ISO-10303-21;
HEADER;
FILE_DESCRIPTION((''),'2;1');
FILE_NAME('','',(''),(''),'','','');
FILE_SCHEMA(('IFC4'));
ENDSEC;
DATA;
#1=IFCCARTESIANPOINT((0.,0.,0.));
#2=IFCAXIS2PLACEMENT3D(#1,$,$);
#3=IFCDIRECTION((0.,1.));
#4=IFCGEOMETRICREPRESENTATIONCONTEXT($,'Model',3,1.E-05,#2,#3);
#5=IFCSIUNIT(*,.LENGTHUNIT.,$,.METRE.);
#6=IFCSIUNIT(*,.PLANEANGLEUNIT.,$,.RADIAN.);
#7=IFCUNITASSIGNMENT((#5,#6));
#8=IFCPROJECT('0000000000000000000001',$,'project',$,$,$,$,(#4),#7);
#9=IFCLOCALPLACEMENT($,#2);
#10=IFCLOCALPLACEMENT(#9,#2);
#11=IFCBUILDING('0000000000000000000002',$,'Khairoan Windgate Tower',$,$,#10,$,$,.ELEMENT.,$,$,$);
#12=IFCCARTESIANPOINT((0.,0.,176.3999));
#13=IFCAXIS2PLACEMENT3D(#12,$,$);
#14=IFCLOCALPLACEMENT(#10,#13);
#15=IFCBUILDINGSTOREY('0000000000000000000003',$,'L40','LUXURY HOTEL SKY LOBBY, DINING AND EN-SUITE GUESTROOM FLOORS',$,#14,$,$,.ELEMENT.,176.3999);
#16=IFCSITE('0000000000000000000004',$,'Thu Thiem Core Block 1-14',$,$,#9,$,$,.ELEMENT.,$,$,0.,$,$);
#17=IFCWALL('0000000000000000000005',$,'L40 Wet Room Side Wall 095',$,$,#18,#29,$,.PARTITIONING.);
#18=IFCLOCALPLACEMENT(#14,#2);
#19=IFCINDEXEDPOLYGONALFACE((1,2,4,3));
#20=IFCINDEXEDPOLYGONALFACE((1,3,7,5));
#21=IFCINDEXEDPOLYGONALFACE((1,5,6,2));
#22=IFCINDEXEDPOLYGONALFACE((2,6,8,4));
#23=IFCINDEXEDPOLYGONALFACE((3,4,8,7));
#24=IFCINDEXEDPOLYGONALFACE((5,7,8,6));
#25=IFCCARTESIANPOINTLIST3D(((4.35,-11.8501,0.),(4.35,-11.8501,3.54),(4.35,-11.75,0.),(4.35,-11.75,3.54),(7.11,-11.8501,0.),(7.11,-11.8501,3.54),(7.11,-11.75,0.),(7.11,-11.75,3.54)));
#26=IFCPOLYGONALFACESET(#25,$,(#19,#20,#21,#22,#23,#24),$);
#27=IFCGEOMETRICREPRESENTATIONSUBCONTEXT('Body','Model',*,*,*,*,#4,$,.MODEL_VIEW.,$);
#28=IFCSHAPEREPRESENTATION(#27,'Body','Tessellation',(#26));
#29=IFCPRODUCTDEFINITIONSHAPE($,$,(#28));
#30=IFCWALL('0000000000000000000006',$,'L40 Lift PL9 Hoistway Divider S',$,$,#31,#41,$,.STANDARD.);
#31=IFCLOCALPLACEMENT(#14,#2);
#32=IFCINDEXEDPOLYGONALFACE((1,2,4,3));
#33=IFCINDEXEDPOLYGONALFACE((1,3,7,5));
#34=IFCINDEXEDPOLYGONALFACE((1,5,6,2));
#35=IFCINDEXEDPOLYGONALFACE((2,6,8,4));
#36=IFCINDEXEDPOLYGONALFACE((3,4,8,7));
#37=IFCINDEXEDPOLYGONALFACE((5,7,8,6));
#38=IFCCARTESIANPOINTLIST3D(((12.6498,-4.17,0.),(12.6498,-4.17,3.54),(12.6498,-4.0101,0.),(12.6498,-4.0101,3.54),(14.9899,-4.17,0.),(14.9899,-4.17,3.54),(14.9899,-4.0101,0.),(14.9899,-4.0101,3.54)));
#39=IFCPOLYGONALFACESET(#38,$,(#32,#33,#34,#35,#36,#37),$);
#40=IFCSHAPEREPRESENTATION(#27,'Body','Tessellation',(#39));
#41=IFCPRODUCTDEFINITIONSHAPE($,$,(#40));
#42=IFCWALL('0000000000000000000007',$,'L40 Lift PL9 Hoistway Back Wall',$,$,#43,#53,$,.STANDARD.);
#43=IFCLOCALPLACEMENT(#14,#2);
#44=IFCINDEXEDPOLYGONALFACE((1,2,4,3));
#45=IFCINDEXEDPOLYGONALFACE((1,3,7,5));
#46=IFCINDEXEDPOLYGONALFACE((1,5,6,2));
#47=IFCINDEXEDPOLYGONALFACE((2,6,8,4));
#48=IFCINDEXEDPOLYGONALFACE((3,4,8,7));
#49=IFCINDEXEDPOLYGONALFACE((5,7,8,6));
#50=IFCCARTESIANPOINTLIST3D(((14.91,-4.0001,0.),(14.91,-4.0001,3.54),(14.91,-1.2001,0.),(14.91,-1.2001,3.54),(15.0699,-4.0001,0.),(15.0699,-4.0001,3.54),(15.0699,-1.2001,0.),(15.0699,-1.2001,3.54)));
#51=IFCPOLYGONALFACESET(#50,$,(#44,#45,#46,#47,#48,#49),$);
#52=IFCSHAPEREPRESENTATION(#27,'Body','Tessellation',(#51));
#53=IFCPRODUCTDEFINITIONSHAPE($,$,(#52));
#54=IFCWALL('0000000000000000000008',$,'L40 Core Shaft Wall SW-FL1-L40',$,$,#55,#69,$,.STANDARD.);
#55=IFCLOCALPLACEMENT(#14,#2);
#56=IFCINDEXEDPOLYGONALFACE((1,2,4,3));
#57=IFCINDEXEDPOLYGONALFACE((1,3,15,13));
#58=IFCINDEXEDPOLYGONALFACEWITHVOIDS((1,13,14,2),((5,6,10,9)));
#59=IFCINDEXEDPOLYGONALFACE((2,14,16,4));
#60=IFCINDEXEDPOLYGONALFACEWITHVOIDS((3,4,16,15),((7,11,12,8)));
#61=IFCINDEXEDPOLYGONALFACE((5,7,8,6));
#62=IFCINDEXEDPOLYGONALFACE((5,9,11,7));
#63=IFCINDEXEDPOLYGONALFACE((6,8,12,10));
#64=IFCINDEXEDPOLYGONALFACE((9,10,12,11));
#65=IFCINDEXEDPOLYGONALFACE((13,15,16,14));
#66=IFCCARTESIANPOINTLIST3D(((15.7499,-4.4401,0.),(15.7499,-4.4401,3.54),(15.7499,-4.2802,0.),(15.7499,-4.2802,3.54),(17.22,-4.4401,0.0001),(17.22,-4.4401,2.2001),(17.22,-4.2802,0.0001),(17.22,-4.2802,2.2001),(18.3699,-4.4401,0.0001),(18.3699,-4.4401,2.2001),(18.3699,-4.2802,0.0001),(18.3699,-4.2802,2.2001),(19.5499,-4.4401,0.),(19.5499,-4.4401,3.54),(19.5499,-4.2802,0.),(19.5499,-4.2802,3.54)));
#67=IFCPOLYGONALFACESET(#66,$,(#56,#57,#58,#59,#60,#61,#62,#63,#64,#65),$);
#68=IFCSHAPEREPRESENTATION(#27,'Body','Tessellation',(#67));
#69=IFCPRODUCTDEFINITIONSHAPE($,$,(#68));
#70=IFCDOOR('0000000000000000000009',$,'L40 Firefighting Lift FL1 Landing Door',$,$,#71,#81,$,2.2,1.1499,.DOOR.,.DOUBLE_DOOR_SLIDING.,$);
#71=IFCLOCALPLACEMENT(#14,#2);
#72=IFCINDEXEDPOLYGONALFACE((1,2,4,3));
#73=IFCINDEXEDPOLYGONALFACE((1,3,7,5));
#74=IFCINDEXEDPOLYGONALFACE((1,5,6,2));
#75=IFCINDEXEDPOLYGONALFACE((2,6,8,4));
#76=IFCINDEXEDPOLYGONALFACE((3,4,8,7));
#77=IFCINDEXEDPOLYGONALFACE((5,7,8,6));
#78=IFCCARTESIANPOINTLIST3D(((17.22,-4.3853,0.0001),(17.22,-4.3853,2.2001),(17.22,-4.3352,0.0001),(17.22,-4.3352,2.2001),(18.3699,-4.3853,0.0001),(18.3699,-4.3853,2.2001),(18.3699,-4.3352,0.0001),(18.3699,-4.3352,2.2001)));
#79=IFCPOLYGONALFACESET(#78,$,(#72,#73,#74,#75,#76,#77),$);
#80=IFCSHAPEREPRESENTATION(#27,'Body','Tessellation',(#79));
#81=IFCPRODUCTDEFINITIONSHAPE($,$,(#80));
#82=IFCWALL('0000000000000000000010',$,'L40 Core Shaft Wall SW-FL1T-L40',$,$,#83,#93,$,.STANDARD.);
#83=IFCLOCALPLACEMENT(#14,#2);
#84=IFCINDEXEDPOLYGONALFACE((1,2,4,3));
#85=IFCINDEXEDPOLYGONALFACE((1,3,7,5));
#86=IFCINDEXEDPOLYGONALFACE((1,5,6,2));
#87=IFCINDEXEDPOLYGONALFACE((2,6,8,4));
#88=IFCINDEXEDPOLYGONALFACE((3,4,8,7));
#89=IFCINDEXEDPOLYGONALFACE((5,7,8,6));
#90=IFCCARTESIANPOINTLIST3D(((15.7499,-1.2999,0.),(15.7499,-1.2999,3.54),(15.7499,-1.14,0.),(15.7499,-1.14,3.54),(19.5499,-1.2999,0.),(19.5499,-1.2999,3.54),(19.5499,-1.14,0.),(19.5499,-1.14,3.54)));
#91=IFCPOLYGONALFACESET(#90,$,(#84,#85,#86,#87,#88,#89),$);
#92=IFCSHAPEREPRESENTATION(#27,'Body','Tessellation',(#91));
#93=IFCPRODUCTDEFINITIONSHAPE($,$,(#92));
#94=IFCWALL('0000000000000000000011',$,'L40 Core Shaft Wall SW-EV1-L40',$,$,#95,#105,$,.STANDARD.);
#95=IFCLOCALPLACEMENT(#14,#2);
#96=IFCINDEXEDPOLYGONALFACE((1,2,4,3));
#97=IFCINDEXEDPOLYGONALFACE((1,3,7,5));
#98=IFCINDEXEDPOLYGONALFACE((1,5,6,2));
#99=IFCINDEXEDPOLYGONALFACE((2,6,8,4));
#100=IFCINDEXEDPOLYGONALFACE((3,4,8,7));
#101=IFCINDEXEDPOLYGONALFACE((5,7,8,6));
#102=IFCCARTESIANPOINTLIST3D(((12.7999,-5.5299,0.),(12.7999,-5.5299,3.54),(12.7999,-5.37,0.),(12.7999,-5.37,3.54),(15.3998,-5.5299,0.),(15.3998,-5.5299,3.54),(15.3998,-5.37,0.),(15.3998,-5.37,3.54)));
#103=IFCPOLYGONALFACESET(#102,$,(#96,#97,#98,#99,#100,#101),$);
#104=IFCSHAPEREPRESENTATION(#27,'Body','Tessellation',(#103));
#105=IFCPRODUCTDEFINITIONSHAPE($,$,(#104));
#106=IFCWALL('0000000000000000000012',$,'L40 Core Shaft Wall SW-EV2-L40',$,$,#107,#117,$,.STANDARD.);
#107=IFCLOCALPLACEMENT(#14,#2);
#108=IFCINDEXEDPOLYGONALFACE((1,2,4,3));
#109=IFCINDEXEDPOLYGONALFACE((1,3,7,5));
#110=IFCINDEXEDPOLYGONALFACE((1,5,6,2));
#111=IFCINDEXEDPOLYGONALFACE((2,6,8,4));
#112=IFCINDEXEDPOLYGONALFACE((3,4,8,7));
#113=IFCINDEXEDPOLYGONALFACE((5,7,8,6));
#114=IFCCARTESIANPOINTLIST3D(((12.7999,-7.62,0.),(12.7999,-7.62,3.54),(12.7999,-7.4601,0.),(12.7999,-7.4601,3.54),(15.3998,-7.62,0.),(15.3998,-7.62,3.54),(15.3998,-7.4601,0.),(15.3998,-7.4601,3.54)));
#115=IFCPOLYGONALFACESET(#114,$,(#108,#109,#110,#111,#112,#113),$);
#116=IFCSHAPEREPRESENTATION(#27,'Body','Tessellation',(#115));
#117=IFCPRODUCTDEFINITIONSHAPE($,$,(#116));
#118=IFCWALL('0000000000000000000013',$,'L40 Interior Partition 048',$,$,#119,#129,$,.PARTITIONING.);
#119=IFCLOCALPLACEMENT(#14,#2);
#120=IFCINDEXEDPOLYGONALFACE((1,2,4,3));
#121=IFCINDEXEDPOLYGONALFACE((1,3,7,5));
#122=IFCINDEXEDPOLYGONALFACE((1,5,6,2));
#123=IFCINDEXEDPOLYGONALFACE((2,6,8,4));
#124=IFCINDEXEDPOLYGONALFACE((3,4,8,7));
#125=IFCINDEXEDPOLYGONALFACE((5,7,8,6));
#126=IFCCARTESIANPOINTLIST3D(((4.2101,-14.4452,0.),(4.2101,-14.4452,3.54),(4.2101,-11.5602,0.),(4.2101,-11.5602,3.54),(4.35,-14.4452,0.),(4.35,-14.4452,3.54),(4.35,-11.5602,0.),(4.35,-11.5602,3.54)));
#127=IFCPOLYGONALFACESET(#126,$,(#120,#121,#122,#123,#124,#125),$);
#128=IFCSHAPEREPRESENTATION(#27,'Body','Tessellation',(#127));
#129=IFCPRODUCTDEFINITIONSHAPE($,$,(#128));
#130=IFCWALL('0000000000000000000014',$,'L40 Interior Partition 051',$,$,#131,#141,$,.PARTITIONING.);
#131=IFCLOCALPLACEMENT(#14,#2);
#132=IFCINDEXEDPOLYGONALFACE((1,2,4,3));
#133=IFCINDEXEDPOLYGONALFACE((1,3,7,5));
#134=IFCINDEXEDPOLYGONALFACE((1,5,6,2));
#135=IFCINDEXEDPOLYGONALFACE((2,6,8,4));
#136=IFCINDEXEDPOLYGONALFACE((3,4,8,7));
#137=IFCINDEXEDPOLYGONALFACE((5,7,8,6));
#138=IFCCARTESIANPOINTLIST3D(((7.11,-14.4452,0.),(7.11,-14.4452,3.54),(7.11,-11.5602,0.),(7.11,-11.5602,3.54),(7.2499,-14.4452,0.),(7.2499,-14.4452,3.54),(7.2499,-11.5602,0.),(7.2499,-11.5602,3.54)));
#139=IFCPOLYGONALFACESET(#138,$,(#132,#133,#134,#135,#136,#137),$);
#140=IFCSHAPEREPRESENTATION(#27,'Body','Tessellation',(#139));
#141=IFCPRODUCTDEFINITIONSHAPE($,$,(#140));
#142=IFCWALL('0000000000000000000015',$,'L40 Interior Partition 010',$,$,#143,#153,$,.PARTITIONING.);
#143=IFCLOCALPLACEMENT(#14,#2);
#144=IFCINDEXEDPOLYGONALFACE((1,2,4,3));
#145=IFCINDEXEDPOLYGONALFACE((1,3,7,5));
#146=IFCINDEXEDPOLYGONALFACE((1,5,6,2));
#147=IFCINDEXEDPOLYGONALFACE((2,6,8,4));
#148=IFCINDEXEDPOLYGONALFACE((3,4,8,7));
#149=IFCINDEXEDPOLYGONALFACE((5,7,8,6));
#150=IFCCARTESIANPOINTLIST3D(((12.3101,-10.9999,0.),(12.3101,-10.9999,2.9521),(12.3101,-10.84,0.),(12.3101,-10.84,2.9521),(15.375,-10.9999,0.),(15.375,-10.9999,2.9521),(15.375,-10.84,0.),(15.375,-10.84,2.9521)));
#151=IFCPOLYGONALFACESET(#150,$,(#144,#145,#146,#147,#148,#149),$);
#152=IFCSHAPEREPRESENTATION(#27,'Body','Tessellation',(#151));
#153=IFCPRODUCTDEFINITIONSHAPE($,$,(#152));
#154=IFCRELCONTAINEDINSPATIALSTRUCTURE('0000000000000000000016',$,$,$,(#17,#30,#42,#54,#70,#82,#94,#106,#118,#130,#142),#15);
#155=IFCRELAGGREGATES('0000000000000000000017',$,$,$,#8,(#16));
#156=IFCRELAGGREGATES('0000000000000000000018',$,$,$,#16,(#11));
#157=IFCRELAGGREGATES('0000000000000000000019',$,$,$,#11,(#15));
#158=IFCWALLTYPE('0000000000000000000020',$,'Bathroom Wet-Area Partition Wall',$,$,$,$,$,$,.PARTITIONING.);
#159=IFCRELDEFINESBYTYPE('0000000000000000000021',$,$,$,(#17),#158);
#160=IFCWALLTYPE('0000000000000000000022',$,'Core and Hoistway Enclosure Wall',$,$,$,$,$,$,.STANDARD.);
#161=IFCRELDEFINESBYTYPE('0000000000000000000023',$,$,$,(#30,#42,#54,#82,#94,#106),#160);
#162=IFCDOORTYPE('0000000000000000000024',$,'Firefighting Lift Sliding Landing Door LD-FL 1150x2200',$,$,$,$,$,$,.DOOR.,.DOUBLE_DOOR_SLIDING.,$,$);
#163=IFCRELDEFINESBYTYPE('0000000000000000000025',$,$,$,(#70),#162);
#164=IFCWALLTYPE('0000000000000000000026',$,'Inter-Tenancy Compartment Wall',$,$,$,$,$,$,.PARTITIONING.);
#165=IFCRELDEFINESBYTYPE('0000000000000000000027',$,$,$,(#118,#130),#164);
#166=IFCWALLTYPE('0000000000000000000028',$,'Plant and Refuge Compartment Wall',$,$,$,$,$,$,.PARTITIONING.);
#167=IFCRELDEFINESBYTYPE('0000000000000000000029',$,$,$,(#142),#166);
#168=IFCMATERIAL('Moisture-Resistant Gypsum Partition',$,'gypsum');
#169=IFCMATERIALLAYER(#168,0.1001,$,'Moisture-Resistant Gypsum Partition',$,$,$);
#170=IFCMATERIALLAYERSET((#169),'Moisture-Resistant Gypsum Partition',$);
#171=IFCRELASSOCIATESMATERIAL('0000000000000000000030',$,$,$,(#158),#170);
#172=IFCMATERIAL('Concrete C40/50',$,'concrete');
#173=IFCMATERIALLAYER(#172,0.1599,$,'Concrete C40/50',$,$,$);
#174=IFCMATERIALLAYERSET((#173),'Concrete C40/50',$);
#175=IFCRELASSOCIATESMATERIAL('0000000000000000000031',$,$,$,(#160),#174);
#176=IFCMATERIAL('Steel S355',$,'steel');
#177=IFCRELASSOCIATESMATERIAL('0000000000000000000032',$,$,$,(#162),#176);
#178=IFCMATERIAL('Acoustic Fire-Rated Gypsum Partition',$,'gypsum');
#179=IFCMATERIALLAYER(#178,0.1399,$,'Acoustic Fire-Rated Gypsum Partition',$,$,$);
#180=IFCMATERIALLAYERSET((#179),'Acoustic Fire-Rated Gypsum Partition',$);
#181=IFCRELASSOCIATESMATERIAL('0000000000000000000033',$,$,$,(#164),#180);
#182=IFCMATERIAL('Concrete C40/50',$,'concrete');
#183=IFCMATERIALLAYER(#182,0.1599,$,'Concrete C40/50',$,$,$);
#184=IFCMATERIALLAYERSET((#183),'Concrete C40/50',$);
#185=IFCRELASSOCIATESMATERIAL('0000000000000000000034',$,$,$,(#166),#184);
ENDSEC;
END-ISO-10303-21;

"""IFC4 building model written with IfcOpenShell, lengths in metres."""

from ifc_helpers import new_model, si_unit, direction, frame, frame_2d, origin, place, context, subcontext, project, spatial, rectangle, extrude, material, layer, layer_set, type_object, element, fill, save


model = new_model("IFC4")

# Units and contexts
model_context = context("Model", 3, precision=1e-05, world=origin(), true_north=direction((0.0, 1.0)))
body_context = subcontext(model_context, "Body", "Model", "MODEL_VIEW")
ifc_project = project(units=[si_unit("LENGTHUNIT", "METRE"), si_unit("PLANEANGLEUNIT", "RADIAN")], contexts=[model_context])

# Site, building, storey
site_placement = place(None, origin())
site = spatial("IfcSite", under=ifc_project, at=site_placement, Name="Thu Thiem Core Block 1-14", CompositionType="ELEMENT", RefElevation=0.0)
building_placement = place(site_placement, origin())
building = spatial("IfcBuilding", under=site, at=building_placement, Name="Khairoan Windgate Tower", CompositionType="ELEMENT")
storey_placement = place(building_placement, frame((0.0, 0.0, 176.3999)))
storey = spatial("IfcBuildingStorey", under=building, at=storey_placement, Name="L40", Description="LUXURY HOTEL SKY LOBBY, DINING AND EN-SUITE GUESTROOM FLOORS", CompositionType="ELEMENT", Elevation=176.3999)

# Walls
ifc_material_1 = material(Name="Moisture-Resistant Gypsum Partition", Category="gypsum")
ifc_layer_1 = layer(ifc_material_1, 0.1001, Name="Moisture-Resistant Gypsum Partition")
ifc_layer_set_1 = layer_set([ifc_layer_1], Name="Moisture-Resistant Gypsum Partition")
wall_type_1 = type_object("IfcWallType", Name="Bathroom Wet-Area Partition Wall", PredefinedType="PARTITIONING", material=ifc_layer_set_1)
wall_1_placement = place(storey_placement, frame((4.3501, -11.8, 0.0), z_axis=(0.0, 0.0, 1.0), x_axis=(1.0, 0.0, 0.0)))
element("IfcWall", 1, at=wall_1_placement, inside=storey, type_object=wall_type_1, Name="L40 Wet Room Side Wall 095", PredefinedType="PARTITIONING", context=body_context, shape_type="SweptSolid", body=[
    extrude(rectangle(XDim=2.76, YDim=0.1001, at=frame_2d((1.3799, 0.0))), origin(), (0.0, 0.0, 1.0), 3.54),
])
ifc_material_2 = material(Name="Concrete C40/50", Category="concrete")
ifc_layer_2 = layer(ifc_material_2, 0.1599, Name="Concrete C40/50")
ifc_layer_set_2 = layer_set([ifc_layer_2], Name="Concrete C40/50")
wall_type_2 = type_object("IfcWallType", Name="Core and Hoistway Enclosure Wall", PredefinedType="STANDARD", material=ifc_layer_set_2)
wall_2_placement = place(storey_placement, frame((12.6499, -4.0901, 0.0), z_axis=(0.0, 0.0, 1.0), x_axis=(1.0, 0.0, 0.0)))
element("IfcWall", 2, at=wall_2_placement, inside=storey, type_object=wall_type_2, Name="L40 Lift PL9 Hoistway Divider S", PredefinedType="STANDARD", context=body_context, shape_type="SweptSolid", body=[
    extrude(rectangle(XDim=2.3401, YDim=0.1599, at=frame_2d((1.1699, 0.0))), origin(), (0.0, 0.0, 1.0), 3.54),
])
wall_3_placement = place(storey_placement, frame((14.99, -4.0, 0.0), z_axis=(0.0, 0.0, 1.0), x_axis=(0.0, 1.0, 0.0)))
element("IfcWall", 3, at=wall_3_placement, inside=storey, type_object=wall_type_2, Name="L40 Lift PL9 Hoistway Back Wall", PredefinedType="STANDARD", context=body_context, shape_type="SweptSolid", body=[
    extrude(rectangle(XDim=2.8, YDim=0.1599, at=frame_2d((1.3999, 0.0))), origin(), (0.0, 0.0, 1.0), 3.54),
])

# Wall, opening, door
wall_4_placement = place(storey_placement, frame((15.75, -4.3601, 0.0), z_axis=(0.0, 0.0, 1.0), x_axis=(1.0, 0.0, 0.0)))
wall_4 = element("IfcWall", 4, at=wall_4_placement, inside=storey, type_object=wall_type_2, Name="L40 Core Shaft Wall SW-FL1-L40", PredefinedType="STANDARD", context=body_context, shape_type="SweptSolid", body=[
    extrude(rectangle(XDim=3.8, YDim=0.1599, at=frame_2d((1.8999, 0.0))), origin(), (0.0, 0.0, 1.0), 3.54),
])
opening_1_placement = place(wall_4_placement, frame((1.47, 0.0, 0.0)))
opening_1 = element("IfcOpeningElement", 5, at=opening_1_placement, cuts=wall_4, PredefinedType="OPENING", context=body_context, shape_type="SweptSolid", body=[
    extrude(rectangle(XDim=1.1499, YDim=2.2, at=frame_2d((0.575, 1.1001))), frame((0.0, 0.0898, 0.0), z_axis=(0.0, -1.0, 0.0), x_axis=(1.0, 0.0, 0.0)), (0.0, 0.0, 1.0), 0.1799),
])
ifc_material_3 = material(Name="Steel S355", Category="steel")
door_type_1 = type_object("IfcDoorType", Name="Firefighting Lift Sliding Landing Door LD-FL 1150x2200", OperationType="DOUBLE_DOOR_SLIDING", PredefinedType="DOOR", material=ifc_material_3)
door_1_placement = place(opening_1_placement, origin())
door_1 = element("IfcDoor", 6, at=door_1_placement, inside=storey, type_object=door_type_1, Name="L40 Firefighting Lift FL1 Landing Door", OperationType="DOUBLE_DOOR_SLIDING", OverallHeight=2.2, OverallWidth=1.1499, PredefinedType="DOOR", context=body_context, shape_type="SweptSolid", body=[
    extrude(rectangle(XDim=1.1499, YDim=2.2, at=frame_2d((0.575, 1.1001))), frame((0.0, 0.0249, 0.0), z_axis=(0.0, -1.0, 0.0), x_axis=(1.0, 0.0, 0.0)), (0.0, 0.0, 1.0), 0.05),
])
fill(opening_1, door_1)

# Walls
wall_5_placement = place(storey_placement, frame((15.75, -1.22, 0.0), z_axis=(0.0, 0.0, 1.0), x_axis=(1.0, 0.0, 0.0)))
element("IfcWall", 7, at=wall_5_placement, inside=storey, type_object=wall_type_2, Name="L40 Core Shaft Wall SW-FL1T-L40", PredefinedType="STANDARD", context=body_context, shape_type="SweptSolid", body=[
    extrude(rectangle(XDim=3.8, YDim=0.1599, at=frame_2d((1.8999, 0.0))), origin(), (0.0, 0.0, 1.0), 3.54),
])
for number, where, z_axis, x_axis, name in (
    (8, (12.8, -5.45, 0.0), (0.0, 0.0, 1.0), (1.0, 0.0, 0.0), "L40 Core Shaft Wall SW-EV1-L40"),
    (9, (12.8, -7.54, 0.0), (0.0, 0.0, 1.0), (1.0, 0.0, 0.0), "L40 Core Shaft Wall SW-EV2-L40"),
):
    element("IfcWall", number, at=place(storey_placement, frame(where, z_axis=z_axis, x_axis=x_axis)), inside=storey, type_object=wall_type_2, Name=name, PredefinedType="STANDARD", context=body_context, shape_type="SweptSolid", body=[
        extrude(rectangle(XDim=2.5999, YDim=0.1599, at=frame_2d((1.2998, 0.0))), origin(), (0.0, 0.0, 1.0), 3.54),
    ])
ifc_material_4 = material(Name="Acoustic Fire-Rated Gypsum Partition", Category="gypsum")
ifc_layer_3 = layer(ifc_material_4, 0.1399, Name="Acoustic Fire-Rated Gypsum Partition")
ifc_layer_set_3 = layer_set([ifc_layer_3], Name="Acoustic Fire-Rated Gypsum Partition")
wall_type_3 = type_object("IfcWallType", Name="Inter-Tenancy Compartment Wall", PredefinedType="PARTITIONING", material=ifc_layer_set_3)
for number, where, z_axis, x_axis, name in (
    (10, (4.28, -14.4451, 0.0), (0.0, 0.0, 1.0), (0.0, 1.0, 0.0), "L40 Interior Partition 048"),
    (11, (7.1799, -14.4451, 0.0), (0.0, 0.0, 1.0), (0.0, 1.0, 0.0), "L40 Interior Partition 051"),
):
    element("IfcWall", number, at=place(storey_placement, frame(where, z_axis=z_axis, x_axis=x_axis)), inside=storey, type_object=wall_type_3, Name=name, PredefinedType="PARTITIONING", context=body_context, shape_type="SweptSolid", body=[
        extrude(rectangle(XDim=2.885, YDim=0.1399, at=frame_2d((1.4424, 0.0))), origin(), (0.0, 0.0, 1.0), 3.54),
    ])
ifc_material_5 = material(Name="Concrete C40/50", Category="concrete")
ifc_layer_4 = layer(ifc_material_5, 0.1599, Name="Concrete C40/50")
ifc_layer_set_4 = layer_set([ifc_layer_4], Name="Concrete C40/50")
wall_type_4 = type_object("IfcWallType", Name="Plant and Refuge Compartment Wall", PredefinedType="PARTITIONING", material=ifc_layer_set_4)
wall_6_placement = place(storey_placement, frame((12.3101, -10.9199, 0.0), z_axis=(0.0, 0.0, 1.0), x_axis=(1.0, 0.0, 0.0)))
element("IfcWall", 12, at=wall_6_placement, inside=storey, type_object=wall_type_4, Name="L40 Interior Partition 010", PredefinedType="PARTITIONING", context=body_context, shape_type="SweptSolid", body=[
    extrude(rectangle(XDim=3.0649, YDim=0.1599, at=frame_2d((1.5325, 0.0))), origin(), (0.0, 0.0, 1.0), 2.9521),
])

save(model, "model.ifc")
